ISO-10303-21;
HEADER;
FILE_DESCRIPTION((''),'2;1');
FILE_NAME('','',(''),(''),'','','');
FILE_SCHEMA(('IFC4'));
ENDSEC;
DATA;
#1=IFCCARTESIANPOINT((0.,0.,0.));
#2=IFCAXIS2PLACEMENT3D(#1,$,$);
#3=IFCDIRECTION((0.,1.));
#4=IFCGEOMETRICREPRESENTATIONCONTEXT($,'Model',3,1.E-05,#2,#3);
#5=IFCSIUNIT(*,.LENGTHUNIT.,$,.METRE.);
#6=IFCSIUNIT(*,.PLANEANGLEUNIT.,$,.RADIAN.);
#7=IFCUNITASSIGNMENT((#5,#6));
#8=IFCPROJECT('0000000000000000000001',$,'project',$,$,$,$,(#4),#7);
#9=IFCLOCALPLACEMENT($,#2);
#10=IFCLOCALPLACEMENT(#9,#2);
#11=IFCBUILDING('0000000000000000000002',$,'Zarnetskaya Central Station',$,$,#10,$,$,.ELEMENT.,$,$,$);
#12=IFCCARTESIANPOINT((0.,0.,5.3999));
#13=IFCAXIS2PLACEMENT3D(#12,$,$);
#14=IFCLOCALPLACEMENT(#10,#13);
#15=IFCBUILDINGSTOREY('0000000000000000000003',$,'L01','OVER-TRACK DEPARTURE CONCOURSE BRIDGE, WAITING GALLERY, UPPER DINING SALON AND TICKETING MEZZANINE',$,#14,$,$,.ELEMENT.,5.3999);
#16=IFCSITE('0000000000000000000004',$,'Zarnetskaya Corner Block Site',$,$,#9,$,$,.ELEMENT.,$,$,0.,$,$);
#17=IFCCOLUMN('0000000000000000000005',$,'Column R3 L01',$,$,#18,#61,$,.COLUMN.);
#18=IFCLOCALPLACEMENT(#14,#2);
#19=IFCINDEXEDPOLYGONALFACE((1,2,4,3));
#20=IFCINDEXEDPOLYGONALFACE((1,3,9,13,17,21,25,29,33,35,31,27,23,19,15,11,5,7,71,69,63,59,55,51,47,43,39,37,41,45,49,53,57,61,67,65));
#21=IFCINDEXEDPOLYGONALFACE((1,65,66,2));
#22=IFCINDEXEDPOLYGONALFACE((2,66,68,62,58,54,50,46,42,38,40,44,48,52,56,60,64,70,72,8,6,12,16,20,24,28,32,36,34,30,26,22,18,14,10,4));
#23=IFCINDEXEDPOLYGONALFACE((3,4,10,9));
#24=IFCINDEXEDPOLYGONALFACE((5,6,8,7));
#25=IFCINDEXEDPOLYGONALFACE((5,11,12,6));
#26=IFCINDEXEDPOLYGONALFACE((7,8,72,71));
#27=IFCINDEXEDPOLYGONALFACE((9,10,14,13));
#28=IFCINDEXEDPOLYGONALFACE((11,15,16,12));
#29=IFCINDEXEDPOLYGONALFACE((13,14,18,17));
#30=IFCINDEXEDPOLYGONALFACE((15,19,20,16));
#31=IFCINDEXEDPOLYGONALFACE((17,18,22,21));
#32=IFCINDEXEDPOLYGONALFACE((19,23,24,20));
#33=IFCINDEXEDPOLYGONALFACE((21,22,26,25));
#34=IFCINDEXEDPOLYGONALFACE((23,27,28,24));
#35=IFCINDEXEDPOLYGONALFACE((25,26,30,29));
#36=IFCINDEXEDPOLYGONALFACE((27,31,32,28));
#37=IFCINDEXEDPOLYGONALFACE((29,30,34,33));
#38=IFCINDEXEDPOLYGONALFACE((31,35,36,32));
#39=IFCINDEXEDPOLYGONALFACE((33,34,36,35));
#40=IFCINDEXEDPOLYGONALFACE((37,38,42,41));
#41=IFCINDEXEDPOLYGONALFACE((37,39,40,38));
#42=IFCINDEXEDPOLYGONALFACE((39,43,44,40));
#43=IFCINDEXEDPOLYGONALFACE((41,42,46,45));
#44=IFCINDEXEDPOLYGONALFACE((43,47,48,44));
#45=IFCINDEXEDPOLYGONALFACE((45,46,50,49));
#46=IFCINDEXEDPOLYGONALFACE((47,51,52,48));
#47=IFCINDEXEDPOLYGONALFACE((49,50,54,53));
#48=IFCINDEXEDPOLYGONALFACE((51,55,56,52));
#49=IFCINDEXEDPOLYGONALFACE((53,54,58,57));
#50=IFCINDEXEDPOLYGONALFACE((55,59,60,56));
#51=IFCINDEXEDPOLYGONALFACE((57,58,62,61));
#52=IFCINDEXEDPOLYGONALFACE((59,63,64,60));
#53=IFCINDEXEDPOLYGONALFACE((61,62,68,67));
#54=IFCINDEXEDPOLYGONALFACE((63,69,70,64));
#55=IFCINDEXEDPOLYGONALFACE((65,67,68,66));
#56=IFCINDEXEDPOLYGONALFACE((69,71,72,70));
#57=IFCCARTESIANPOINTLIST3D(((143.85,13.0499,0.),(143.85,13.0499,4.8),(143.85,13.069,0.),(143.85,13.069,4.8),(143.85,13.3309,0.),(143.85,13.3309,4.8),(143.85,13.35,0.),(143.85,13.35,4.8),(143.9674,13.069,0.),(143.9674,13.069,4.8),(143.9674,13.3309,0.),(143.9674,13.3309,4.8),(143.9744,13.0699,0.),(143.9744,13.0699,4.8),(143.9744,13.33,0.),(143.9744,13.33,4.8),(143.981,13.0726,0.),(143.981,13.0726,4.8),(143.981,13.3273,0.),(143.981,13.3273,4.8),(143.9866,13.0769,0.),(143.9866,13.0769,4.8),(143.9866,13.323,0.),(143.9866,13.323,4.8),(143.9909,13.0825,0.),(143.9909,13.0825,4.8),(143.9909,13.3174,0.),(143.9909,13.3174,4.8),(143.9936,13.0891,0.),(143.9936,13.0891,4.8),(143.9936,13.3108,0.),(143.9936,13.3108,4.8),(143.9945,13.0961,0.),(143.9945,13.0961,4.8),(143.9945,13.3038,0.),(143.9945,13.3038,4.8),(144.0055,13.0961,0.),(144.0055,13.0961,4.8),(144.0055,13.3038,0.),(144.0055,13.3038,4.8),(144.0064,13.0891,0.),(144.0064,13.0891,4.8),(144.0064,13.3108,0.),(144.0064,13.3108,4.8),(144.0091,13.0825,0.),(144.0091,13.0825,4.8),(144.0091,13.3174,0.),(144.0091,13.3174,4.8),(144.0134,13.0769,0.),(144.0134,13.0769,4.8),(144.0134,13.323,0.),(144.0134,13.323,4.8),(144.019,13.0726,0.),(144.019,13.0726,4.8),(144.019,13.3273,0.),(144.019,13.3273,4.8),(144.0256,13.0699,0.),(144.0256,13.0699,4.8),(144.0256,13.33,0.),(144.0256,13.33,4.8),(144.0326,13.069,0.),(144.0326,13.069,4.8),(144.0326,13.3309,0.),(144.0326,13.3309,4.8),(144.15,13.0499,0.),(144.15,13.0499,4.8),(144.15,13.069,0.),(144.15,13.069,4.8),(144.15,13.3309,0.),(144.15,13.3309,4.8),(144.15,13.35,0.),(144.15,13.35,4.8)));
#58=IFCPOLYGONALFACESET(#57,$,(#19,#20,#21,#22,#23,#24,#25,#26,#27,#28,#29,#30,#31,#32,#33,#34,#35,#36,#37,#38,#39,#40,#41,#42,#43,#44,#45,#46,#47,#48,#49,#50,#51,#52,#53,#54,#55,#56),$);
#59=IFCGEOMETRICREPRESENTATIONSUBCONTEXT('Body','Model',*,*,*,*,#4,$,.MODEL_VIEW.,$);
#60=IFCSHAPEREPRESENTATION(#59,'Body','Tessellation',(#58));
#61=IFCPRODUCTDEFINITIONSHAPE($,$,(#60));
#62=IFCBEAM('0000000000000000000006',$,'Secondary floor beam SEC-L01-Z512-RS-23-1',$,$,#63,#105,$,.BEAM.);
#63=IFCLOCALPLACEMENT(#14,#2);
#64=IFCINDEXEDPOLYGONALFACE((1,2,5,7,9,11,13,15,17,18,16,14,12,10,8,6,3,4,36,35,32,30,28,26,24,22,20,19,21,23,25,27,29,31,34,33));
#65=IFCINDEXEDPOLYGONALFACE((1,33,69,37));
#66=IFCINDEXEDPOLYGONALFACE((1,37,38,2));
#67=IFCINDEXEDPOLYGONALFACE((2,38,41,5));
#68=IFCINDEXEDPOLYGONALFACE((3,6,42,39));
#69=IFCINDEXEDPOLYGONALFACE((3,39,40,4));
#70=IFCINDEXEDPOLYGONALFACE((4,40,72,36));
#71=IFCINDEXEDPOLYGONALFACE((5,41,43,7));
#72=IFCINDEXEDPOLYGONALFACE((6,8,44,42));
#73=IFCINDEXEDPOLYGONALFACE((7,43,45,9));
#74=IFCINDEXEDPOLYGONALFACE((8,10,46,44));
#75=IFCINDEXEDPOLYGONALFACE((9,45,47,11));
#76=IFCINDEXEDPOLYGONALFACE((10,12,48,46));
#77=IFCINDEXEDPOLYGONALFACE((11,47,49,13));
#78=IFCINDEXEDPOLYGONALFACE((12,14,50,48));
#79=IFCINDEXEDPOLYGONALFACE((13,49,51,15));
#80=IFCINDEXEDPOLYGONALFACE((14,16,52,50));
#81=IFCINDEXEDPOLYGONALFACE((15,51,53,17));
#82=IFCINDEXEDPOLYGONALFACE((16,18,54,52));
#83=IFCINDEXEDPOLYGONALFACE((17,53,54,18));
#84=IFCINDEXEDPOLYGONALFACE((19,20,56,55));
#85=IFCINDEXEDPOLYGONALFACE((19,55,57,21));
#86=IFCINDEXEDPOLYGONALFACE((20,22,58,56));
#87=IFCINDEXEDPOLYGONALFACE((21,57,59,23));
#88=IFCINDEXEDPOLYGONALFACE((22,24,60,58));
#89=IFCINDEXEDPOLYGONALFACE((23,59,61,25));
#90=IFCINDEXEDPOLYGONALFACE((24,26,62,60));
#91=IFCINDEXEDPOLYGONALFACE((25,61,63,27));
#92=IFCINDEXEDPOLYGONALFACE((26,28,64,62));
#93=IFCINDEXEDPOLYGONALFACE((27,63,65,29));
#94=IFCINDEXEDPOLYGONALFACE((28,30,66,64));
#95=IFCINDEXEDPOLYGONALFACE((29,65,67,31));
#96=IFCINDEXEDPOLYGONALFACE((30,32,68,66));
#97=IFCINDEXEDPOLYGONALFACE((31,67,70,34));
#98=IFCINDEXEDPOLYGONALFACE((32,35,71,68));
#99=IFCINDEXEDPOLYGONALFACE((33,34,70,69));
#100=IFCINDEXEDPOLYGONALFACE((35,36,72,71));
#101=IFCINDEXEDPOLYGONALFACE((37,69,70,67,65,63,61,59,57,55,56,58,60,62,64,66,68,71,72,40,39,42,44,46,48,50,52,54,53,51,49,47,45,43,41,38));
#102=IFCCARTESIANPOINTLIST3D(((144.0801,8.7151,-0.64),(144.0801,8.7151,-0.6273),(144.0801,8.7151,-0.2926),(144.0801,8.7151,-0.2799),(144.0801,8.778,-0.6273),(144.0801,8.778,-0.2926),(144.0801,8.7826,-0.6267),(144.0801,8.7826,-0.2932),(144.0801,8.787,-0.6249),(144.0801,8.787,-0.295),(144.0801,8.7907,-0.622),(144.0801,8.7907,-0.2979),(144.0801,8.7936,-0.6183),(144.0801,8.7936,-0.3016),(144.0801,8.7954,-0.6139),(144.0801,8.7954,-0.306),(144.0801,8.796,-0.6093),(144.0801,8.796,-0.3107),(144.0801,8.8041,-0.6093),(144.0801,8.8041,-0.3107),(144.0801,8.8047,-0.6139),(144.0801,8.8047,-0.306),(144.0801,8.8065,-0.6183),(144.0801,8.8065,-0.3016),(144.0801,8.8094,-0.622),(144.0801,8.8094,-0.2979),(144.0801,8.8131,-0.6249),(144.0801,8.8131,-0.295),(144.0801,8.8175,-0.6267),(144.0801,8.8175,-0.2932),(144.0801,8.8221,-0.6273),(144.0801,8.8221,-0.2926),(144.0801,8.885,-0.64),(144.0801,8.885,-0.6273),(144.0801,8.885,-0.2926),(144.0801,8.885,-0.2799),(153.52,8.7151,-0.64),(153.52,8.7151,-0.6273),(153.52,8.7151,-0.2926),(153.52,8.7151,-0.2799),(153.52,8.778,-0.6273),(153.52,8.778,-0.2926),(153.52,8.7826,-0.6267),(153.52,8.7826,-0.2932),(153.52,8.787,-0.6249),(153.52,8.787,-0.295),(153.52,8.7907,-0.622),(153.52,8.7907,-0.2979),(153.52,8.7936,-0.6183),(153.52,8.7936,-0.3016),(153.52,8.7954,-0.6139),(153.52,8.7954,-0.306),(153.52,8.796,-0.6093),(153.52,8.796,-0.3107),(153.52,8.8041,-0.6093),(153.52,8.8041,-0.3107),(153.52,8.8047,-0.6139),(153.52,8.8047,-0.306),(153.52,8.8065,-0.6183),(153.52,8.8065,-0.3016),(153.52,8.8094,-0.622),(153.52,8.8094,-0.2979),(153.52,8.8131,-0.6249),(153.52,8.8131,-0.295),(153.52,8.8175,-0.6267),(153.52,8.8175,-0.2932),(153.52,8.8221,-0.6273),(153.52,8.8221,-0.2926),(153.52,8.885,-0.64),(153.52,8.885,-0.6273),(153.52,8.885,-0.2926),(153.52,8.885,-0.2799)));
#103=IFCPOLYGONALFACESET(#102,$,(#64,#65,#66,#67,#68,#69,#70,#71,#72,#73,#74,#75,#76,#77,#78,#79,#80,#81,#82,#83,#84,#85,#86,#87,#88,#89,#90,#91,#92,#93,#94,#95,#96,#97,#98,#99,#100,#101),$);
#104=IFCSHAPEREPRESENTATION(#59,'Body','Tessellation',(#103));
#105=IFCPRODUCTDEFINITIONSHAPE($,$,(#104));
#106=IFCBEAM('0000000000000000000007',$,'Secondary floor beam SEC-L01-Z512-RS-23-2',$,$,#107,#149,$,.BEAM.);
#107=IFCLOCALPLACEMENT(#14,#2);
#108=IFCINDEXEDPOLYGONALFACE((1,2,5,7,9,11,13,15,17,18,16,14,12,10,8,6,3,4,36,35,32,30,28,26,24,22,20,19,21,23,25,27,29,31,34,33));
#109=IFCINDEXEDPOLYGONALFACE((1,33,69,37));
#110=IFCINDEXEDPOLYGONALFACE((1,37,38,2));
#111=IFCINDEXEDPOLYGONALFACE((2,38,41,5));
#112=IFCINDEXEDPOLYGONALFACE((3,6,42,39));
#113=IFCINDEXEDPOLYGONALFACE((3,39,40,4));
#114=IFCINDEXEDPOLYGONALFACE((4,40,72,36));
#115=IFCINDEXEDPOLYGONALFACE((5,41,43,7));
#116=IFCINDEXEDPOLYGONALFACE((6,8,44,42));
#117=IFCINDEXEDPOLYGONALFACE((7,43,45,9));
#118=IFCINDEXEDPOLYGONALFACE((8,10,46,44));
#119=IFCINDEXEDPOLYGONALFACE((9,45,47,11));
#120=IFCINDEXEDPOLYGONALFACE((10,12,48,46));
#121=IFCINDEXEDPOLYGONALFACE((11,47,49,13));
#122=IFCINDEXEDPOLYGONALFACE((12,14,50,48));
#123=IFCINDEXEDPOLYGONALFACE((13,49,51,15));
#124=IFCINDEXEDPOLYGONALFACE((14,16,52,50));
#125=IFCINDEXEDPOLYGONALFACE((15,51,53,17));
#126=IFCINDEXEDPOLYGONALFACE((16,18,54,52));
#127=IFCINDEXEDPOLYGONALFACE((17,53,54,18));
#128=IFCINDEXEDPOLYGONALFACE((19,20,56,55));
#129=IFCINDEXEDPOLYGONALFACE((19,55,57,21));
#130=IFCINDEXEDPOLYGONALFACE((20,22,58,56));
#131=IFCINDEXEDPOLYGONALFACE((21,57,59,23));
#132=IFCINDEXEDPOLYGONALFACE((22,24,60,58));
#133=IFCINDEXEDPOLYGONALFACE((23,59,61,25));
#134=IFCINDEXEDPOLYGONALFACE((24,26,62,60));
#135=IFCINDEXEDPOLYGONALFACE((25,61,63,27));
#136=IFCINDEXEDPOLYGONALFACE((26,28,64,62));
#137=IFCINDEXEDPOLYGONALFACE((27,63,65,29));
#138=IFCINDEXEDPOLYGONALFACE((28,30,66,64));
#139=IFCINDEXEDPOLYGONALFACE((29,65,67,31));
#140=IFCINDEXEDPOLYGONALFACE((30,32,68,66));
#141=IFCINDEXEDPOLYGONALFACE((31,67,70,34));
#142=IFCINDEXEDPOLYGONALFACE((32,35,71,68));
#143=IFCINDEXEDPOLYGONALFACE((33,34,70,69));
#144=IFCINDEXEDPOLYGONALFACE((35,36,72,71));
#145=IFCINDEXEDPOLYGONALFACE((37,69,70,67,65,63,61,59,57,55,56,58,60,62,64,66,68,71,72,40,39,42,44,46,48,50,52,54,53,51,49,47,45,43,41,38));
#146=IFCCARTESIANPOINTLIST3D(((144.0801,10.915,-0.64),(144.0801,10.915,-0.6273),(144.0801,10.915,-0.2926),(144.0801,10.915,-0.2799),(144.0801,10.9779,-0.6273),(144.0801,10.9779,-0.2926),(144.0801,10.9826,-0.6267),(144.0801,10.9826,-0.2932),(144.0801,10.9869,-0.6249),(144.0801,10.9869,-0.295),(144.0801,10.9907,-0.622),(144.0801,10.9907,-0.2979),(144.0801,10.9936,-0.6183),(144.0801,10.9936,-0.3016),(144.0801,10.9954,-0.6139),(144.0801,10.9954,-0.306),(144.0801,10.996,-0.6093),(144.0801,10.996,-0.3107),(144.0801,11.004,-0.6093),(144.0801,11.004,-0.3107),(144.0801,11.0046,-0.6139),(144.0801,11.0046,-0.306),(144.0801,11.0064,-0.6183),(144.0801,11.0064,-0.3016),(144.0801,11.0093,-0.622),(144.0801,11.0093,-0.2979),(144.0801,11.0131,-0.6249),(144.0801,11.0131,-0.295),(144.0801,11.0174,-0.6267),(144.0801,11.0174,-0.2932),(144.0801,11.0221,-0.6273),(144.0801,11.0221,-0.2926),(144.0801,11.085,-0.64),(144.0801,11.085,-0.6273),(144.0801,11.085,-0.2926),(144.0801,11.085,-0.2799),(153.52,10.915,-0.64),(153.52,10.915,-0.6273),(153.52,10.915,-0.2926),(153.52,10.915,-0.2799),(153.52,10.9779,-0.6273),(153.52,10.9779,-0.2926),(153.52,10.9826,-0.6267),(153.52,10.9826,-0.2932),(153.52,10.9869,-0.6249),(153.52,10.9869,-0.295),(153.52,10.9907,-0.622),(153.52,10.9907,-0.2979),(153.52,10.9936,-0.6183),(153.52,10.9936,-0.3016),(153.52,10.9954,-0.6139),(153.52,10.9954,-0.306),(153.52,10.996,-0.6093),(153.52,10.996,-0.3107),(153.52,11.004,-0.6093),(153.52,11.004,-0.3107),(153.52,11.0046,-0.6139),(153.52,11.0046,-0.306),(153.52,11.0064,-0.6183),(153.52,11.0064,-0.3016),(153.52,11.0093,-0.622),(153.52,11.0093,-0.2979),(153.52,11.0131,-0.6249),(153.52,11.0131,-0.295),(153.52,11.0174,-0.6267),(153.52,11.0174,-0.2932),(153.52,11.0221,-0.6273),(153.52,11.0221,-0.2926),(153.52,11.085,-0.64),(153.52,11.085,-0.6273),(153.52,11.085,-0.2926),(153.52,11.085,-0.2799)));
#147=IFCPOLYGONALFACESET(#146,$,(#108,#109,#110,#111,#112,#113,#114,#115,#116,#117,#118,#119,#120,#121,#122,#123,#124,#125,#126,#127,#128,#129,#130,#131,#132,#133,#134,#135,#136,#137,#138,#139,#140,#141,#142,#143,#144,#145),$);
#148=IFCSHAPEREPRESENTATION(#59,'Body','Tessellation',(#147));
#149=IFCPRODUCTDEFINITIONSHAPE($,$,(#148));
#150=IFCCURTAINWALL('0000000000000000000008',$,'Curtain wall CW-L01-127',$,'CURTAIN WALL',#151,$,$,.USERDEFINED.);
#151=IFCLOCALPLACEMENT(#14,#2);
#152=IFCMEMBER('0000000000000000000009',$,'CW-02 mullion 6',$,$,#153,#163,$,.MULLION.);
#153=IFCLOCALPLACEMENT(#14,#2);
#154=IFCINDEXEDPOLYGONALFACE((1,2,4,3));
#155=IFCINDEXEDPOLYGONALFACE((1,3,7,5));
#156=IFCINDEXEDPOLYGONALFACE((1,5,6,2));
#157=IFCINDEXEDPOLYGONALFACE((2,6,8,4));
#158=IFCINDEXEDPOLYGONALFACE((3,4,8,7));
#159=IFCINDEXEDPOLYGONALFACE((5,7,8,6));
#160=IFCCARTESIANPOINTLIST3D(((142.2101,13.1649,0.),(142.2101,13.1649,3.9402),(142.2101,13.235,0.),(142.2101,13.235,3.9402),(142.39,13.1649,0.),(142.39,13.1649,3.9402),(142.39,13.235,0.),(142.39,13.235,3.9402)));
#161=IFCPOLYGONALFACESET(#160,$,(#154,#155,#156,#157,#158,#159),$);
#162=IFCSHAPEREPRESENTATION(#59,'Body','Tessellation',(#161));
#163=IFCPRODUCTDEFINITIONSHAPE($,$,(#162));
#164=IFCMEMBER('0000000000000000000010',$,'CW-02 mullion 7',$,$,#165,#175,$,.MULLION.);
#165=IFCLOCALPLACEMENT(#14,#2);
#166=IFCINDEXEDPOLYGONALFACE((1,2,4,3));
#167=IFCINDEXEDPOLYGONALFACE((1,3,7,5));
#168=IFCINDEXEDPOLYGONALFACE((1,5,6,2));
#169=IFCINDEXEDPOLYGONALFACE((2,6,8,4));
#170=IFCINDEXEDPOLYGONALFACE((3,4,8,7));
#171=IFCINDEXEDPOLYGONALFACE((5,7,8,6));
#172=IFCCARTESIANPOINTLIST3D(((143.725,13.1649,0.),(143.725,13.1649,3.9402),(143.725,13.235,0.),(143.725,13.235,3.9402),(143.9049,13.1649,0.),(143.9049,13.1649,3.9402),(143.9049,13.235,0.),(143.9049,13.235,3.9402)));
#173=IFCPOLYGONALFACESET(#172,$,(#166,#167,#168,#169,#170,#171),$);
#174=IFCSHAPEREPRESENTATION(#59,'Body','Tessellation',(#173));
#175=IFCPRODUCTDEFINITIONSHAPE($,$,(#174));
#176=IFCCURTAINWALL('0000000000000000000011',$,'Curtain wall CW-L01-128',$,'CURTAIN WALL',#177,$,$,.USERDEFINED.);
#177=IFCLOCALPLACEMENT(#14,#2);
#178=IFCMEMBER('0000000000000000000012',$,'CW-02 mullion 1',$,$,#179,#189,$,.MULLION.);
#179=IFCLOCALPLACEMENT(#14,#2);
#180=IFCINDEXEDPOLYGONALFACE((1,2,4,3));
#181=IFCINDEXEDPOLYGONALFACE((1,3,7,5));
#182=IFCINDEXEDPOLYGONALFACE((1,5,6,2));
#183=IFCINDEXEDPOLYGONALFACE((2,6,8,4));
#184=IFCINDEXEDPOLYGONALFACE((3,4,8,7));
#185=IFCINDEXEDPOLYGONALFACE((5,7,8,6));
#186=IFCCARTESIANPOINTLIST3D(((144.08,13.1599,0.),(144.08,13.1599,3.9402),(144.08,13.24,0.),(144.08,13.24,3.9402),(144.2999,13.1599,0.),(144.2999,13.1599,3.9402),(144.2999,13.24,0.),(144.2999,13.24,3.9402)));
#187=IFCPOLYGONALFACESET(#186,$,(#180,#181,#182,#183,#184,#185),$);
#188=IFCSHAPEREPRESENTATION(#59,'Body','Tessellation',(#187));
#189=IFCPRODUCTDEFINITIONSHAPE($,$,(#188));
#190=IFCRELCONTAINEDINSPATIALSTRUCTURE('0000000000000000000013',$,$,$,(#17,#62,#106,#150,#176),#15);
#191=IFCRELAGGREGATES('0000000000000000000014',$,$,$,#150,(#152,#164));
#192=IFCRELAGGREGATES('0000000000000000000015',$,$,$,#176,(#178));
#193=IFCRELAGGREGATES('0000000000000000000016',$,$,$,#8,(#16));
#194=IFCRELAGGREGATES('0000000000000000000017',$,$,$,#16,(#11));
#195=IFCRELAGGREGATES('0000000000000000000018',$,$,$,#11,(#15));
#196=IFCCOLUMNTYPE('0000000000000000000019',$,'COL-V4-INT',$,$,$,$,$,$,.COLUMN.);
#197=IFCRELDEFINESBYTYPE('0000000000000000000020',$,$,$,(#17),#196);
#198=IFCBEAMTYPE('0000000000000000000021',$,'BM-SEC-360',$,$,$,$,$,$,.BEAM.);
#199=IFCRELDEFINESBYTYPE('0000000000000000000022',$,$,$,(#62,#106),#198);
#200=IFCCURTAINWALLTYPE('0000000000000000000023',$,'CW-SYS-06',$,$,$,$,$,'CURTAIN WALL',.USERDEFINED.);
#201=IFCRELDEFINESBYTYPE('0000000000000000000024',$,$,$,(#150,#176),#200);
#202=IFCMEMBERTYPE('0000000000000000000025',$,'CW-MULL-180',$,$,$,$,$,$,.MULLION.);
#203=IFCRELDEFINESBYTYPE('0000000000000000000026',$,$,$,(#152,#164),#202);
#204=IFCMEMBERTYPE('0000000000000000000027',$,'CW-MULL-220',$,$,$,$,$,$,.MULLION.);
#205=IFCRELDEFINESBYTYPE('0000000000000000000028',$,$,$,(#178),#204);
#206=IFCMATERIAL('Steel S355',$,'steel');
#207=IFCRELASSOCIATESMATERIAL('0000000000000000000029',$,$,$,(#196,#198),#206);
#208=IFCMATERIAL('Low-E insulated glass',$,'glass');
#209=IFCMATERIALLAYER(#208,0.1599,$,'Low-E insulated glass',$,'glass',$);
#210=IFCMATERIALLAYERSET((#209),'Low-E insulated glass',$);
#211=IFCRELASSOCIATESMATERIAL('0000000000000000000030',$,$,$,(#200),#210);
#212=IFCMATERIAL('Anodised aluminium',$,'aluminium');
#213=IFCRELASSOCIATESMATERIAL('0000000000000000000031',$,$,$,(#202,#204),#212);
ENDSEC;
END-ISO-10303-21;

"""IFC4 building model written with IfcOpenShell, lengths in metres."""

from ifc_helpers import new_model, si_unit, direction, frame, origin, origin_2d, place, context, subcontext, project, spatial, rectangle, i_section, extrude, material, layer, layer_set, material_profile, profile_set, type_object, element, aggregate, save


model = new_model("IFC4")

# Units and contexts
model_context = context("Model", 3, precision=1e-05, world=origin(), true_north=direction((0.0, 1.0)))
body_context = subcontext(model_context, "Body", "Model", "MODEL_VIEW")
ifc_project = project(units=[si_unit("LENGTHUNIT", "METRE"), si_unit("PLANEANGLEUNIT", "RADIAN")], contexts=[model_context])

# Site, building, storey
site_placement = place(None, origin())
site = spatial("IfcSite", under=ifc_project, at=site_placement, Name="Zarnetskaya Corner Block Site", CompositionType="ELEMENT", RefElevation=0.0)
building_placement = place(site_placement, origin())
building = spatial("IfcBuilding", under=site, at=building_placement, Name="Zarnetskaya Central Station", CompositionType="ELEMENT")
storey_placement = place(building_placement, frame((0.0, 0.0, 5.3999)))
storey = spatial("IfcBuildingStorey", under=building, at=storey_placement, Name="L01", Description="OVER-TRACK DEPARTURE CONCOURSE BRIDGE, WAITING GALLERY, UPPER DINING SALON AND TICKETING MEZZANINE", CompositionType="ELEMENT", Elevation=5.3999)

# Column
ifc_material_1 = material(Name="Steel S355", Category="steel")
ifc_material_profile_1 = material_profile(ifc_material_1, i_section(OverallWidth=0.3, OverallDepth=0.3, WebThickness=0.011, FlangeThickness=0.019, FilletRadius=0.0271, at=origin_2d()), Name="HEB 300")
ifc_profile_set_1 = profile_set([ifc_material_profile_1], Name="Steel S355")
column_type = type_object("IfcColumnType", Name="COL-V4-INT", PredefinedType="COLUMN", material=ifc_profile_set_1)
column_placement = place(storey_placement, frame((144.0, 13.2, 0.0), z_axis=(0.0, 0.0, 1.0), x_axis=(1.0, 0.0, 0.0)))
element("IfcColumn", 1, at=column_placement, inside=storey, type_object=column_type, Name="Column R3 L01", PredefinedType="COLUMN", context=body_context, shape_type="SweptSolid", body=[
    extrude(i_section(OverallWidth=0.3, OverallDepth=0.3, WebThickness=0.011, FlangeThickness=0.019, FilletRadius=0.0271, at=origin_2d()), origin(), (0.0, 0.0, 1.0), 4.8),
])

# Beams
ifc_material_profile_2 = material_profile(ifc_material_1, i_section(OverallWidth=0.1699, OverallDepth=0.3601, WebThickness=0.0081, FlangeThickness=0.0127, FilletRadius=0.0181, at=origin_2d()), Name="IPE 360")
ifc_profile_set_2 = profile_set([ifc_material_profile_2], Name="Steel S355")
beam_type_1 = type_object("IfcBeamType", Name="BM-SEC-360", PredefinedType="BEAM", material=ifc_profile_set_2)
for number, where, z_axis, x_axis, name in (
    (2, (144.0801, 8.8, -0.46), (1.0, 0.0, 0.0), (0.0, 1.0, 0.0), "Secondary floor beam SEC-L01-Z512-RS-23-1"),
    (3, (144.0801, 11.0, -0.46), (1.0, 0.0, 0.0), (0.0, 1.0, 0.0), "Secondary floor beam SEC-L01-Z512-RS-23-2"),
):
    element("IfcBeam", number, at=place(storey_placement, frame(where, z_axis=z_axis, x_axis=x_axis)), inside=storey, type_object=beam_type_1, Name=name, PredefinedType="BEAM", context=body_context, shape_type="SweptSolid", body=[
        extrude(i_section(OverallWidth=0.1699, OverallDepth=0.3601, WebThickness=0.0081, FlangeThickness=0.0127, FilletRadius=0.0181, at=origin_2d()), origin(), (0.0, 0.0, 1.0), 9.4399),
    ])

# Curtain walls, members
ifc_material_2 = material(Name="Low-E insulated glass", Category="glass")
ifc_layer_1 = layer(ifc_material_2, 0.1599, Name="Low-E insulated glass", Category="glass")
ifc_layer_set_1 = layer_set([ifc_layer_1], Name="Low-E insulated glass")
curtain_wall_type = type_object("IfcCurtainWallType", Name="CW-SYS-06", ElementType="CURTAIN WALL", PredefinedType="USERDEFINED", material=ifc_layer_set_1)
curtain_wall_1_placement = place(storey_placement, origin())
curtain_wall_1 = element("IfcCurtainWall", 4, at=curtain_wall_1_placement, inside=storey, type_object=curtain_wall_type, Name="Curtain wall CW-L01-127", ObjectType="CURTAIN WALL", PredefinedType="USERDEFINED")
ifc_material_3 = material(Name="Anodised aluminium", Category="aluminium")
ifc_material_profile_3 = material_profile(ifc_material_3, rectangle(XDim=0.0701, YDim=0.1799, at=origin_2d()), Name="ALU MULL 70x180")
ifc_profile_set_3 = profile_set([ifc_material_profile_3], Name="Anodised aluminium")
member_type_1 = type_object("IfcMemberType", Name="CW-MULL-180", PredefinedType="MULLION", material=ifc_profile_set_3)
member_1_placement = place(storey_placement, frame((142.3, 13.2, 0.0), z_axis=(0.0, 0.0, 1.0), x_axis=(0.0, 1.0, 0.0)))
member_1 = element("IfcMember", 5, at=member_1_placement, type_object=member_type_1, Name="CW-02 mullion 6", PredefinedType="MULLION", context=body_context, shape_type="SweptSolid", body=[
    extrude(rectangle(XDim=0.0701, YDim=0.1799, at=origin_2d()), origin(), (0.0, 0.0, 1.0), 3.9402),
])
member_2_placement = place(storey_placement, frame((143.8149, 13.2, 0.0), z_axis=(0.0, 0.0, 1.0), x_axis=(0.0, 1.0, 0.0)))
member_2 = element("IfcMember", 6, at=member_2_placement, type_object=member_type_1, Name="CW-02 mullion 7", PredefinedType="MULLION", context=body_context, shape_type="SweptSolid", body=[
    extrude(rectangle(XDim=0.0701, YDim=0.1799, at=origin_2d()), origin(), (0.0, 0.0, 1.0), 3.9402),
])
curtain_wall_2_placement = place(storey_placement, origin())
curtain_wall_2 = element("IfcCurtainWall", 7, at=curtain_wall_2_placement, inside=storey, type_object=curtain_wall_type, Name="Curtain wall CW-L01-128", ObjectType="CURTAIN WALL", PredefinedType="USERDEFINED")
ifc_material_profile_4 = material_profile(ifc_material_3, rectangle(XDim=0.0801, YDim=0.22, at=origin_2d()), Name="ALU MULL 80x220")
ifc_profile_set_4 = profile_set([ifc_material_profile_4], Name="Anodised aluminium")
member_type_2 = type_object("IfcMemberType", Name="CW-MULL-220", PredefinedType="MULLION", material=ifc_profile_set_4)
member_3_placement = place(storey_placement, frame((144.1899, 13.2, 0.0), z_axis=(0.0, 0.0, 1.0), x_axis=(0.0, 1.0, 0.0)))
member_3 = element("IfcMember", 8, at=member_3_placement, type_object=member_type_2, Name="CW-02 mullion 1", PredefinedType="MULLION", context=body_context, shape_type="SweptSolid", body=[
    extrude(rectangle(XDim=0.0801, YDim=0.22, at=origin_2d()), origin(), (0.0, 0.0, 1.0), 3.9402),
])

aggregate(curtain_wall_1, [member_1, member_2])
aggregate(curtain_wall_2, [member_3])

save(model, "model.ifc")
